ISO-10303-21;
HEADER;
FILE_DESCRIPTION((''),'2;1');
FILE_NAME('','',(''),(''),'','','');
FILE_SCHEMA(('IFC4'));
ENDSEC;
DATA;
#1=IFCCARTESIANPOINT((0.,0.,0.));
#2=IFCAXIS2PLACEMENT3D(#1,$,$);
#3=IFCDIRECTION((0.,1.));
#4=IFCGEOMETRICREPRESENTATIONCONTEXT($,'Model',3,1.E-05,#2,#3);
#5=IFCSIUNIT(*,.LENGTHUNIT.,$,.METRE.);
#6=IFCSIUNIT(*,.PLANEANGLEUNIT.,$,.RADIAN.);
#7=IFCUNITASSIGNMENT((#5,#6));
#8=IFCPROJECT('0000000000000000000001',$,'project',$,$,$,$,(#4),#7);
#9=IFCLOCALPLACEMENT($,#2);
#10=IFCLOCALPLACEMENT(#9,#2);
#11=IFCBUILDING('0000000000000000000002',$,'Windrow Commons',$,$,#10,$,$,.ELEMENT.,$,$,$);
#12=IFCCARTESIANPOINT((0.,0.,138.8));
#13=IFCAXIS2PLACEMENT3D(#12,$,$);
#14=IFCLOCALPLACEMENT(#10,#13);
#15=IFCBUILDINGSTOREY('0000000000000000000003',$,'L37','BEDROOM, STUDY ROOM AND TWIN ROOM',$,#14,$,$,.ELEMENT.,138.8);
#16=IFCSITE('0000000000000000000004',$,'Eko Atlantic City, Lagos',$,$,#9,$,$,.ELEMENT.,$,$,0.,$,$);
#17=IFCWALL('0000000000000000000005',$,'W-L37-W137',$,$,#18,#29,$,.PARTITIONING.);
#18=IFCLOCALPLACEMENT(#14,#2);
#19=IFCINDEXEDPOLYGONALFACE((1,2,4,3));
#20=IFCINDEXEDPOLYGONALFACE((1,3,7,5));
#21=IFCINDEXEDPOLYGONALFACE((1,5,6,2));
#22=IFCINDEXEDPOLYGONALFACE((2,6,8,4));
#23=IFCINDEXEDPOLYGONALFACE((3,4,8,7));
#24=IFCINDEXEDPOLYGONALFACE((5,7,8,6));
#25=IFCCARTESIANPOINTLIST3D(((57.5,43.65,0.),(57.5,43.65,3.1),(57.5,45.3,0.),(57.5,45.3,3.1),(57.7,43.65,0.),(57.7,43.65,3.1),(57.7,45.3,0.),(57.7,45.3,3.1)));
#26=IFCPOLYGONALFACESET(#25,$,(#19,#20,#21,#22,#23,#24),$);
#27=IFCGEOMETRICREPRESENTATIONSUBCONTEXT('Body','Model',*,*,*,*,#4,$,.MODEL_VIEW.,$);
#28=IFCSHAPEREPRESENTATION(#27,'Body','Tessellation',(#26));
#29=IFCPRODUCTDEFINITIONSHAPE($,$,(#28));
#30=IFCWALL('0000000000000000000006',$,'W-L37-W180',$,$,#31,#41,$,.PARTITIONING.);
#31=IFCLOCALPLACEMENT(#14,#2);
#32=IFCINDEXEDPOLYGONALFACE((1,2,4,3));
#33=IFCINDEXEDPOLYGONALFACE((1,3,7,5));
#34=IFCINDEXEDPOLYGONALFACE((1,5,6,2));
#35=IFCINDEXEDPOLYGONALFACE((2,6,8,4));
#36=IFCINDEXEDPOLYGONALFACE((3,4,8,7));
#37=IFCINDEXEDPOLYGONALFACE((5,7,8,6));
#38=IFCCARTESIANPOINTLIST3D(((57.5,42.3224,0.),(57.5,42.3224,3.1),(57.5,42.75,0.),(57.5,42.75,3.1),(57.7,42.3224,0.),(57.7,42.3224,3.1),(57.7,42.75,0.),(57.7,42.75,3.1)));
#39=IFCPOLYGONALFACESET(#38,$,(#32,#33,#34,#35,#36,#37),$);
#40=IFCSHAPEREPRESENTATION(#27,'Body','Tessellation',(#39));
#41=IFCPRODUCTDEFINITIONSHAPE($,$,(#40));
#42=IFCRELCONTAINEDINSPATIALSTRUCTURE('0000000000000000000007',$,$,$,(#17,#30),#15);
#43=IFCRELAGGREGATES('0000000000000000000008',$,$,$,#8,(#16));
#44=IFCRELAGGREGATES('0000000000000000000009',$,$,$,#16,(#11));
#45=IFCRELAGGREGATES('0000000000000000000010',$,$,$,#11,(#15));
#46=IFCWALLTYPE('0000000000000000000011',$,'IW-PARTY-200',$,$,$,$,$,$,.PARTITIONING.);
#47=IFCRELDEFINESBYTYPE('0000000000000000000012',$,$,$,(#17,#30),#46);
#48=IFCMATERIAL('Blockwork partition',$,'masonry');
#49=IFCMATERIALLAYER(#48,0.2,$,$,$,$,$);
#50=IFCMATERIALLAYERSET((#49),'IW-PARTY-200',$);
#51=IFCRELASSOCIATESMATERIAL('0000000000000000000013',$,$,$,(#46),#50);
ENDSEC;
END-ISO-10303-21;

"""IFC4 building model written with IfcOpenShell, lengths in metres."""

from ifc_helpers import new_model, si_unit, direction, frame, frame_2d, origin, place, context, subcontext, project, spatial, rectangle, extrude, material, layer, layer_set, type_object, element, save


model = new_model("IFC4")

# Units and contexts
model_context = context("Model", 3, precision=1e-05, world=origin(), true_north=direction((0.0, 1.0)))
body_context = subcontext(model_context, "Body", "Model", "MODEL_VIEW")
ifc_project = project(units=[si_unit("LENGTHUNIT", "METRE"), si_unit("PLANEANGLEUNIT", "RADIAN")], contexts=[model_context])

# Site, building, storey
site_placement = place(None, origin())
site = spatial("IfcSite", under=ifc_project, at=site_placement, Name="Eko Atlantic City, Lagos", CompositionType="ELEMENT", RefElevation=0.0)
building_placement = place(site_placement, origin())
building = spatial("IfcBuilding", under=site, at=building_placement, Name="Windrow Commons", CompositionType="ELEMENT")
storey_placement = place(building_placement, frame((0.0, 0.0, 138.8)))
storey = spatial("IfcBuildingStorey", under=building, at=storey_placement, Name="L37", Description="BEDROOM, STUDY ROOM AND TWIN ROOM", CompositionType="ELEMENT", Elevation=138.8)

# Walls
ifc_material_1 = material(Name="Blockwork partition", Category="masonry")
ifc_layer_1 = layer(ifc_material_1, 0.2)
ifc_layer_set_1 = layer_set([ifc_layer_1], Name="IW-PARTY-200")
wall_type_1 = type_object("IfcWallType", Name="IW-PARTY-200", PredefinedType="PARTITIONING", material=ifc_layer_set_1)
wall_1_placement = place(storey_placement, frame((57.6, 43.65, 0.0), z_axis=(0.0, 0.0, 1.0), x_axis=(0.0, 1.0, 0.0)))
element("IfcWall", 1, at=wall_1_placement, inside=storey, type_object=wall_type_1, Name="W-L37-W137", PredefinedType="PARTITIONING", context=body_context, shape_type="SweptSolid", body=[
    extrude(rectangle(XDim=1.65, YDim=0.2, at=frame_2d((0.825, 0.0))), origin(), (0.0, 0.0, 1.0), 3.1),
])
wall_2_placement = place(storey_placement, frame((57.6, 42.3225, 0.0), z_axis=(0.0, 0.0, 1.0), x_axis=(0.0, 1.0, 0.0)))
element("IfcWall", 2, at=wall_2_placement, inside=storey, type_object=wall_type_1, Name="W-L37-W180", PredefinedType="PARTITIONING", context=body_context, shape_type="SweptSolid", body=[
    extrude(rectangle(XDim=0.4275, YDim=0.2, at=frame_2d((0.2137, 0.0))), origin(), (0.0, 0.0, 1.0), 3.1),
])

save(model, "model.ifc")
